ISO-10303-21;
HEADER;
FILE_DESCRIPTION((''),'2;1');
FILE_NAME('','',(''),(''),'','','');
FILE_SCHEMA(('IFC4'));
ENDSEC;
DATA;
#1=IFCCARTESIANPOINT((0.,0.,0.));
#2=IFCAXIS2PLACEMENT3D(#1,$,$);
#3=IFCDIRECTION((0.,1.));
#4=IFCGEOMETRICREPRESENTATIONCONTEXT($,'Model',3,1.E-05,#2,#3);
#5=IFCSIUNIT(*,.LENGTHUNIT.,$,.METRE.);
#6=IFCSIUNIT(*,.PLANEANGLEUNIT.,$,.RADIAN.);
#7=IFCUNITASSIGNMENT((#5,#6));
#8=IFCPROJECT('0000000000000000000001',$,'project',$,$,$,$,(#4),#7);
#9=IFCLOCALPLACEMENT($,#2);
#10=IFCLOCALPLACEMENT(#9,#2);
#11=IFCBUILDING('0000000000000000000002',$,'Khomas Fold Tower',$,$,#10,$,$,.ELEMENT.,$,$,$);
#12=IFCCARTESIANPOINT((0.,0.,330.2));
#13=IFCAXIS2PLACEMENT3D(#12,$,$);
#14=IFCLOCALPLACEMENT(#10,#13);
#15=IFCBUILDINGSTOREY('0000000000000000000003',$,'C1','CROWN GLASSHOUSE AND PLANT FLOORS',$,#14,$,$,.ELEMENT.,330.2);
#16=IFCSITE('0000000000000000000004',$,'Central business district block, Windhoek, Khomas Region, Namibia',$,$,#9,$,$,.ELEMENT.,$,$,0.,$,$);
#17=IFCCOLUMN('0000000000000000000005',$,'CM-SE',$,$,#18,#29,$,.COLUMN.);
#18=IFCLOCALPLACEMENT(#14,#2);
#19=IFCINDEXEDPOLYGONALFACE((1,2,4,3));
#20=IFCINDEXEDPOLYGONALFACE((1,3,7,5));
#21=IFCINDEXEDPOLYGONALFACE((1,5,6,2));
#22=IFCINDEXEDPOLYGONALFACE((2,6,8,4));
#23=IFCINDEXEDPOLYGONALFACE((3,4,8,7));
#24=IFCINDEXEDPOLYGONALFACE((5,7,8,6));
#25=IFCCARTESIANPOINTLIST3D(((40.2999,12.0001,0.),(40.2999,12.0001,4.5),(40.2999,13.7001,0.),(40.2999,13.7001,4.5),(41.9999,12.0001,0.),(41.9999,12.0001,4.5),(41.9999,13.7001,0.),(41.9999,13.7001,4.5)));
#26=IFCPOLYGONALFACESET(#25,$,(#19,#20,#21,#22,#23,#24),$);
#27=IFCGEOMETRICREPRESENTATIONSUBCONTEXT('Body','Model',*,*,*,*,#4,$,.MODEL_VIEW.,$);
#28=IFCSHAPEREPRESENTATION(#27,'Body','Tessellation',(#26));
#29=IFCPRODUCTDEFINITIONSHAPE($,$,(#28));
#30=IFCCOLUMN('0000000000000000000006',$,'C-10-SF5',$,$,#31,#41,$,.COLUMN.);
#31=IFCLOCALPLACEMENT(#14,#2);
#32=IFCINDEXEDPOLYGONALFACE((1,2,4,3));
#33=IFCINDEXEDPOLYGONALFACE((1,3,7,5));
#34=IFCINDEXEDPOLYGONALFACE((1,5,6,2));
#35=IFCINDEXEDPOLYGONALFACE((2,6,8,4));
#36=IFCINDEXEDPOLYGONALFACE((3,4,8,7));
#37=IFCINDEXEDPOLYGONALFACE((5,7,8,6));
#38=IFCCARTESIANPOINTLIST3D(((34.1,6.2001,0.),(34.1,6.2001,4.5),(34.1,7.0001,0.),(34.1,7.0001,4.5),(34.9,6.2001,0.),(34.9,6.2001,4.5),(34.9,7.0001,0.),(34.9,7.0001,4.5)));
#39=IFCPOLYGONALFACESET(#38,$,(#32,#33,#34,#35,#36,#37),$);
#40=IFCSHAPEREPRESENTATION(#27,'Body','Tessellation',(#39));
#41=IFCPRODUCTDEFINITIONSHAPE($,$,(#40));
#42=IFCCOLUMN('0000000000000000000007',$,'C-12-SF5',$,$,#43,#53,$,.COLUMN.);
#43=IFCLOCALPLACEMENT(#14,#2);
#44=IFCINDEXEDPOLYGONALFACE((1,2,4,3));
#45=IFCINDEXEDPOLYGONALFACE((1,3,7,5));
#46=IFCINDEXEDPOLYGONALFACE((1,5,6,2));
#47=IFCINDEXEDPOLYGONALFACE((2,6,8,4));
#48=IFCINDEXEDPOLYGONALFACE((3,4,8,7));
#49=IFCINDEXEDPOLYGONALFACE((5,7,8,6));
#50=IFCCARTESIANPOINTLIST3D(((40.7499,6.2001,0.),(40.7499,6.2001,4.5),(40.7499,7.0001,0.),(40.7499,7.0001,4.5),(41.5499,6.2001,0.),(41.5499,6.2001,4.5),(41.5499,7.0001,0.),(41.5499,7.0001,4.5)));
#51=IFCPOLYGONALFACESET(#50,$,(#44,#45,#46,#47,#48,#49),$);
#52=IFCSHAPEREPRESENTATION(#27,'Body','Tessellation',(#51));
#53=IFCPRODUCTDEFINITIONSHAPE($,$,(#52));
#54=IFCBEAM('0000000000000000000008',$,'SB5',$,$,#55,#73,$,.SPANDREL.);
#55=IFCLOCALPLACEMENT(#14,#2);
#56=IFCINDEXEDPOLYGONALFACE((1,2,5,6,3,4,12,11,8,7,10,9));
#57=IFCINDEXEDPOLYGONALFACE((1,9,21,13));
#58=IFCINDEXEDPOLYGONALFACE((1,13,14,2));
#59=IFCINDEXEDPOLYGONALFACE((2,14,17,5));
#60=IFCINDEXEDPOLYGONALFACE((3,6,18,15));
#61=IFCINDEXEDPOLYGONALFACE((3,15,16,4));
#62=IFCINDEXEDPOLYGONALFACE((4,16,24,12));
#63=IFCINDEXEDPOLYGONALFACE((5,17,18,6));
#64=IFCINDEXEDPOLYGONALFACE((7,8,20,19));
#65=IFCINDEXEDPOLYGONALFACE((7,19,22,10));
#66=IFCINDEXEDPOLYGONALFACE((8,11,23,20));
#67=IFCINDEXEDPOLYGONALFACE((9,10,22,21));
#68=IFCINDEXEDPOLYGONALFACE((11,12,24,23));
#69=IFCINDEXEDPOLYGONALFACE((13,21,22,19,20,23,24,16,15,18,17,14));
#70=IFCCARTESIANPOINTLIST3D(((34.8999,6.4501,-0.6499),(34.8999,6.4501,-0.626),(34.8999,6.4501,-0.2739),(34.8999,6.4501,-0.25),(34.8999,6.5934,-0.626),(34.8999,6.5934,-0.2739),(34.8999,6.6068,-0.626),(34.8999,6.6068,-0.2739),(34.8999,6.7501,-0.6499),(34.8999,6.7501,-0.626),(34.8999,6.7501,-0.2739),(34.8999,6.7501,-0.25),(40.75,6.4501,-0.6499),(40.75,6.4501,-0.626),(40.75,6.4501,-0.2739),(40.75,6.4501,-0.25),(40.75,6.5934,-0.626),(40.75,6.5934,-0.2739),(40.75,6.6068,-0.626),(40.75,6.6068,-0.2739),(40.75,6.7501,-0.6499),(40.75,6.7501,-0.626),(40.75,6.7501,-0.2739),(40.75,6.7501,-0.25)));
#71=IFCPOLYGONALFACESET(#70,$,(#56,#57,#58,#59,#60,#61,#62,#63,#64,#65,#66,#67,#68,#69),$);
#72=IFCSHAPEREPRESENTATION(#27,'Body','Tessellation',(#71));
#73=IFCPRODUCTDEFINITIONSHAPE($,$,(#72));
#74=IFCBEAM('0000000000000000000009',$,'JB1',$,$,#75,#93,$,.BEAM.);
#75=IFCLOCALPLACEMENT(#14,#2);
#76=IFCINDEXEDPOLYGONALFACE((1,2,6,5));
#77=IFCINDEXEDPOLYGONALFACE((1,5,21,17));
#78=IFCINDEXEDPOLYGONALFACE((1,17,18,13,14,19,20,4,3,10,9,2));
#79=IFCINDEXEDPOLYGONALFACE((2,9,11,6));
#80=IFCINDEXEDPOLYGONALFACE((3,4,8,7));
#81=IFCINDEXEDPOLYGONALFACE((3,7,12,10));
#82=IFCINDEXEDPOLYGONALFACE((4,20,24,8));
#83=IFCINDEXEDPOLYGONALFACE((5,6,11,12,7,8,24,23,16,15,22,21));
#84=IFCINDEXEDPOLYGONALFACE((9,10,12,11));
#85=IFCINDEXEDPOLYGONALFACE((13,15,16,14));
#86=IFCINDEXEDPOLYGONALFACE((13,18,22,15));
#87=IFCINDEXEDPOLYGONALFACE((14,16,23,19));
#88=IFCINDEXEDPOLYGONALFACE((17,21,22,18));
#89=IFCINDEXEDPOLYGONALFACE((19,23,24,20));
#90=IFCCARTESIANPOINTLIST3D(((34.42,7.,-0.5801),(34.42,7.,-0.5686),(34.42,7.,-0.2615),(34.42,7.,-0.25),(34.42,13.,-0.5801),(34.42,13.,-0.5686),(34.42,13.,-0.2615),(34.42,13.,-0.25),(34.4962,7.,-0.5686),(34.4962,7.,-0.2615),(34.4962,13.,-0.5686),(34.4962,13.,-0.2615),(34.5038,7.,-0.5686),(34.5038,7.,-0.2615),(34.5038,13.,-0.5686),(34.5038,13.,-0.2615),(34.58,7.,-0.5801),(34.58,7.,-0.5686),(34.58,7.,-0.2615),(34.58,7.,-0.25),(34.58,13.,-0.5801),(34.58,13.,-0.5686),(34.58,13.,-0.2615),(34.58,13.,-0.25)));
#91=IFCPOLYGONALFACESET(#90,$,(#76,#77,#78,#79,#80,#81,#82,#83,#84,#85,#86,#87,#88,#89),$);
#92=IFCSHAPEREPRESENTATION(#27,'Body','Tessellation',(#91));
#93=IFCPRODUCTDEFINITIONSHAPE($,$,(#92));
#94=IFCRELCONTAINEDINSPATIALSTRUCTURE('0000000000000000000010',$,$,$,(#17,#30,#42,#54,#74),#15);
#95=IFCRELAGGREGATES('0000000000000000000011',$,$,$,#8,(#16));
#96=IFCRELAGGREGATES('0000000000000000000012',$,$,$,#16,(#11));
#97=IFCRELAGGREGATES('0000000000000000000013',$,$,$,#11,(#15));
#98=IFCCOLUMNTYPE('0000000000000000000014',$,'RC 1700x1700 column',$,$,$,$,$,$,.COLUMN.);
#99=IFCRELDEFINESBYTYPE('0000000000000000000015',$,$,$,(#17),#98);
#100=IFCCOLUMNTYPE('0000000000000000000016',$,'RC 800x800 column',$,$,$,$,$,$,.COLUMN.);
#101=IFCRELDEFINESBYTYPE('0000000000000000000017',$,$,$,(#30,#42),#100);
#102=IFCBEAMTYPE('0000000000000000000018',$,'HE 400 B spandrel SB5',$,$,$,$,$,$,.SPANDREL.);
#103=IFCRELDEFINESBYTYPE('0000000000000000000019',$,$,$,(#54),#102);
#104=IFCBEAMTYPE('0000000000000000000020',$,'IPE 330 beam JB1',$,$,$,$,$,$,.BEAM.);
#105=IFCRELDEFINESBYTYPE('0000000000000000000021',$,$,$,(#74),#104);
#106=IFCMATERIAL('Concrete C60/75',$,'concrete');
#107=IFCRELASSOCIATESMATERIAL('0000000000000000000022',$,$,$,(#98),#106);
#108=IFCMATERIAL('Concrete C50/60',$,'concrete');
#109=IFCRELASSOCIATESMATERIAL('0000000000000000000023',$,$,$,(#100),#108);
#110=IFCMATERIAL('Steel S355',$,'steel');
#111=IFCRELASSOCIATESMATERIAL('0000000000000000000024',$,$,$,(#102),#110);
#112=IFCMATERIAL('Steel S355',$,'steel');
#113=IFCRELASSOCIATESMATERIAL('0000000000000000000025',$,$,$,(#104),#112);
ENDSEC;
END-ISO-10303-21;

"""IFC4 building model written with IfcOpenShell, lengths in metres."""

from ifc_helpers import new_model, si_unit, direction, frame, origin, origin_2d, place, context, subcontext, project, spatial, rectangle, i_section, extrude, source, transform, mapped, material, material_profile, profile_set, type_object, element, save


model = new_model("IFC4")

# Units and contexts
model_context = context("Model", 3, precision=1e-05, world=origin(), true_north=direction((0.0, 1.0)))
body_context = subcontext(model_context, "Body", "Model", "MODEL_VIEW")
ifc_project = project(units=[si_unit("LENGTHUNIT", "METRE"), si_unit("PLANEANGLEUNIT", "RADIAN")], contexts=[model_context])

# Site, building, storey
site_placement = place(None, origin())
site = spatial("IfcSite", under=ifc_project, at=site_placement, Name="Central business district block, Windhoek, Khomas Region, Namibia", CompositionType="ELEMENT", RefElevation=0.0)
building_placement = place(site_placement, origin())
building = spatial("IfcBuilding", under=site, at=building_placement, Name="Khomas Fold Tower", CompositionType="ELEMENT")
storey_placement = place(building_placement, frame((0.0, 0.0, 330.2)))
storey = spatial("IfcBuildingStorey", under=building, at=storey_placement, Name="C1", Description="CROWN GLASSHOUSE AND PLANT FLOORS", CompositionType="ELEMENT", Elevation=330.2)

# Columns
ifc_material_1 = material(Name="Concrete C60/75", Category="concrete")
ifc_material_profile_1 = material_profile(ifc_material_1, rectangle(XDim=1.7, YDim=1.7, at=origin_2d()), Name="RC 1700x1700")
ifc_profile_set_1 = profile_set([ifc_material_profile_1], Name="Concrete C60/75")
column_type_1 = type_object("IfcColumnType", Name="RC 1700x1700 column", PredefinedType="COLUMN", material=ifc_profile_set_1)
shared_shape_1 = source(origin(), body_context, "Body", "SweptSolid", [
    extrude(rectangle(XDim=1.7, YDim=1.7, at=origin_2d()), origin(), (0.0, 0.0, 1.0), 4.5),
])
column_placement = place(storey_placement, frame((41.1499, 12.8501, 0.0), z_axis=(0.0, 0.0, 1.0), x_axis=(1.0, 0.0, 0.0)))
element("IfcColumn", 1, at=column_placement, inside=storey, type_object=column_type_1, Name="CM-SE", PredefinedType="COLUMN", context=body_context, shape_type="MappedRepresentation", body=[
    mapped(shared_shape_1, transform((0.0, 0.0, 0.0))),
])
ifc_material_2 = material(Name="Concrete C50/60", Category="concrete")
ifc_material_profile_2 = material_profile(ifc_material_2, rectangle(XDim=0.8, YDim=0.8, at=origin_2d()), Name="RC 800x800")
ifc_profile_set_2 = profile_set([ifc_material_profile_2], Name="Concrete C50/60")
column_type_2 = type_object("IfcColumnType", Name="RC 800x800 column", PredefinedType="COLUMN", material=ifc_profile_set_2)
shared_shape_2 = source(origin(), body_context, "Body", "SweptSolid", [
    extrude(rectangle(XDim=0.8, YDim=0.8, at=origin_2d()), origin(), (0.0, 0.0, 1.0), 4.5),
])
for number, where, z_axis, x_axis, name in (
    (2, (34.5, 6.6001, 0.0), (0.0, 0.0, 1.0), (1.0, 0.0, 0.0), "C-10-SF5"),
    (3, (41.1499, 6.6001, 0.0), (0.0, 0.0, 1.0), (1.0, 0.0, 0.0), "C-12-SF5"),
):
    element("IfcColumn", number, at=place(storey_placement, frame(where, z_axis=z_axis, x_axis=x_axis)), inside=storey, type_object=column_type_2, Name=name, PredefinedType="COLUMN", context=body_context, shape_type="MappedRepresentation", body=[
        mapped(shared_shape_2, transform((0.0, 0.0, 0.0))),
    ])

# Beams
ifc_material_3 = material(Name="Steel S355", Category="steel")
ifc_material_profile_3 = material_profile(ifc_material_3, i_section(OverallWidth=0.3, OverallDepth=0.3999, WebThickness=0.0134, FlangeThickness=0.0239, at=origin_2d()), Name="HE 400 B")
ifc_profile_set_3 = profile_set([ifc_material_profile_3], Name="Steel S355")
beam_type_1 = type_object("IfcBeamType", Name="HE 400 B spandrel SB5", PredefinedType="SPANDREL", material=ifc_profile_set_3)
shared_shape_3 = source(origin(), body_context, "Body", "SweptSolid", [
    extrude(i_section(OverallWidth=0.3, OverallDepth=0.3999, WebThickness=0.0134, FlangeThickness=0.0239, at=origin_2d()), origin(), (0.0, 0.0, 1.0), 5.8501),
])
beam_1_placement = place(storey_placement, frame((34.8999, 6.6001, -0.45), z_axis=(1.0, 0.0, 0.0), x_axis=(0.0, 1.0, 0.0)))
element("IfcBeam", 4, at=beam_1_placement, inside=storey, type_object=beam_type_1, Name="SB5", PredefinedType="SPANDREL", context=body_context, shape_type="MappedRepresentation", body=[
    mapped(shared_shape_3, transform((0.0, 0.0, 0.0))),
])
ifc_material_4 = material(Name="Steel S355", Category="steel")
ifc_material_profile_4 = material_profile(ifc_material_4, i_section(OverallWidth=0.1599, OverallDepth=0.3301, WebThickness=0.0076, FlangeThickness=0.0115, at=origin_2d()), Name="IPE 330")
ifc_profile_set_4 = profile_set([ifc_material_profile_4], Name="Steel S355")
beam_type_2 = type_object("IfcBeamType", Name="IPE 330 beam JB1", PredefinedType="BEAM", material=ifc_profile_set_4)
shared_shape_4 = source(origin(), body_context, "Body", "SweptSolid", [
    extrude(i_section(OverallWidth=0.1599, OverallDepth=0.3301, WebThickness=0.0076, FlangeThickness=0.0115, at=origin_2d()), origin(), (0.0, 0.0, 1.0), 6.0),
])
beam_2_placement = place(storey_placement, frame((34.5, 7.0, -0.415), z_axis=(0.0, 1.0, 0.0), x_axis=(-1.0, 0.0, 0.0)))
element("IfcBeam", 5, at=beam_2_placement, inside=storey, type_object=beam_type_2, Name="JB1", PredefinedType="BEAM", context=body_context, shape_type="MappedRepresentation", body=[
    mapped(shared_shape_4, transform((0.0, 0.0, 0.0))),
])

save(model, "model.ifc")
